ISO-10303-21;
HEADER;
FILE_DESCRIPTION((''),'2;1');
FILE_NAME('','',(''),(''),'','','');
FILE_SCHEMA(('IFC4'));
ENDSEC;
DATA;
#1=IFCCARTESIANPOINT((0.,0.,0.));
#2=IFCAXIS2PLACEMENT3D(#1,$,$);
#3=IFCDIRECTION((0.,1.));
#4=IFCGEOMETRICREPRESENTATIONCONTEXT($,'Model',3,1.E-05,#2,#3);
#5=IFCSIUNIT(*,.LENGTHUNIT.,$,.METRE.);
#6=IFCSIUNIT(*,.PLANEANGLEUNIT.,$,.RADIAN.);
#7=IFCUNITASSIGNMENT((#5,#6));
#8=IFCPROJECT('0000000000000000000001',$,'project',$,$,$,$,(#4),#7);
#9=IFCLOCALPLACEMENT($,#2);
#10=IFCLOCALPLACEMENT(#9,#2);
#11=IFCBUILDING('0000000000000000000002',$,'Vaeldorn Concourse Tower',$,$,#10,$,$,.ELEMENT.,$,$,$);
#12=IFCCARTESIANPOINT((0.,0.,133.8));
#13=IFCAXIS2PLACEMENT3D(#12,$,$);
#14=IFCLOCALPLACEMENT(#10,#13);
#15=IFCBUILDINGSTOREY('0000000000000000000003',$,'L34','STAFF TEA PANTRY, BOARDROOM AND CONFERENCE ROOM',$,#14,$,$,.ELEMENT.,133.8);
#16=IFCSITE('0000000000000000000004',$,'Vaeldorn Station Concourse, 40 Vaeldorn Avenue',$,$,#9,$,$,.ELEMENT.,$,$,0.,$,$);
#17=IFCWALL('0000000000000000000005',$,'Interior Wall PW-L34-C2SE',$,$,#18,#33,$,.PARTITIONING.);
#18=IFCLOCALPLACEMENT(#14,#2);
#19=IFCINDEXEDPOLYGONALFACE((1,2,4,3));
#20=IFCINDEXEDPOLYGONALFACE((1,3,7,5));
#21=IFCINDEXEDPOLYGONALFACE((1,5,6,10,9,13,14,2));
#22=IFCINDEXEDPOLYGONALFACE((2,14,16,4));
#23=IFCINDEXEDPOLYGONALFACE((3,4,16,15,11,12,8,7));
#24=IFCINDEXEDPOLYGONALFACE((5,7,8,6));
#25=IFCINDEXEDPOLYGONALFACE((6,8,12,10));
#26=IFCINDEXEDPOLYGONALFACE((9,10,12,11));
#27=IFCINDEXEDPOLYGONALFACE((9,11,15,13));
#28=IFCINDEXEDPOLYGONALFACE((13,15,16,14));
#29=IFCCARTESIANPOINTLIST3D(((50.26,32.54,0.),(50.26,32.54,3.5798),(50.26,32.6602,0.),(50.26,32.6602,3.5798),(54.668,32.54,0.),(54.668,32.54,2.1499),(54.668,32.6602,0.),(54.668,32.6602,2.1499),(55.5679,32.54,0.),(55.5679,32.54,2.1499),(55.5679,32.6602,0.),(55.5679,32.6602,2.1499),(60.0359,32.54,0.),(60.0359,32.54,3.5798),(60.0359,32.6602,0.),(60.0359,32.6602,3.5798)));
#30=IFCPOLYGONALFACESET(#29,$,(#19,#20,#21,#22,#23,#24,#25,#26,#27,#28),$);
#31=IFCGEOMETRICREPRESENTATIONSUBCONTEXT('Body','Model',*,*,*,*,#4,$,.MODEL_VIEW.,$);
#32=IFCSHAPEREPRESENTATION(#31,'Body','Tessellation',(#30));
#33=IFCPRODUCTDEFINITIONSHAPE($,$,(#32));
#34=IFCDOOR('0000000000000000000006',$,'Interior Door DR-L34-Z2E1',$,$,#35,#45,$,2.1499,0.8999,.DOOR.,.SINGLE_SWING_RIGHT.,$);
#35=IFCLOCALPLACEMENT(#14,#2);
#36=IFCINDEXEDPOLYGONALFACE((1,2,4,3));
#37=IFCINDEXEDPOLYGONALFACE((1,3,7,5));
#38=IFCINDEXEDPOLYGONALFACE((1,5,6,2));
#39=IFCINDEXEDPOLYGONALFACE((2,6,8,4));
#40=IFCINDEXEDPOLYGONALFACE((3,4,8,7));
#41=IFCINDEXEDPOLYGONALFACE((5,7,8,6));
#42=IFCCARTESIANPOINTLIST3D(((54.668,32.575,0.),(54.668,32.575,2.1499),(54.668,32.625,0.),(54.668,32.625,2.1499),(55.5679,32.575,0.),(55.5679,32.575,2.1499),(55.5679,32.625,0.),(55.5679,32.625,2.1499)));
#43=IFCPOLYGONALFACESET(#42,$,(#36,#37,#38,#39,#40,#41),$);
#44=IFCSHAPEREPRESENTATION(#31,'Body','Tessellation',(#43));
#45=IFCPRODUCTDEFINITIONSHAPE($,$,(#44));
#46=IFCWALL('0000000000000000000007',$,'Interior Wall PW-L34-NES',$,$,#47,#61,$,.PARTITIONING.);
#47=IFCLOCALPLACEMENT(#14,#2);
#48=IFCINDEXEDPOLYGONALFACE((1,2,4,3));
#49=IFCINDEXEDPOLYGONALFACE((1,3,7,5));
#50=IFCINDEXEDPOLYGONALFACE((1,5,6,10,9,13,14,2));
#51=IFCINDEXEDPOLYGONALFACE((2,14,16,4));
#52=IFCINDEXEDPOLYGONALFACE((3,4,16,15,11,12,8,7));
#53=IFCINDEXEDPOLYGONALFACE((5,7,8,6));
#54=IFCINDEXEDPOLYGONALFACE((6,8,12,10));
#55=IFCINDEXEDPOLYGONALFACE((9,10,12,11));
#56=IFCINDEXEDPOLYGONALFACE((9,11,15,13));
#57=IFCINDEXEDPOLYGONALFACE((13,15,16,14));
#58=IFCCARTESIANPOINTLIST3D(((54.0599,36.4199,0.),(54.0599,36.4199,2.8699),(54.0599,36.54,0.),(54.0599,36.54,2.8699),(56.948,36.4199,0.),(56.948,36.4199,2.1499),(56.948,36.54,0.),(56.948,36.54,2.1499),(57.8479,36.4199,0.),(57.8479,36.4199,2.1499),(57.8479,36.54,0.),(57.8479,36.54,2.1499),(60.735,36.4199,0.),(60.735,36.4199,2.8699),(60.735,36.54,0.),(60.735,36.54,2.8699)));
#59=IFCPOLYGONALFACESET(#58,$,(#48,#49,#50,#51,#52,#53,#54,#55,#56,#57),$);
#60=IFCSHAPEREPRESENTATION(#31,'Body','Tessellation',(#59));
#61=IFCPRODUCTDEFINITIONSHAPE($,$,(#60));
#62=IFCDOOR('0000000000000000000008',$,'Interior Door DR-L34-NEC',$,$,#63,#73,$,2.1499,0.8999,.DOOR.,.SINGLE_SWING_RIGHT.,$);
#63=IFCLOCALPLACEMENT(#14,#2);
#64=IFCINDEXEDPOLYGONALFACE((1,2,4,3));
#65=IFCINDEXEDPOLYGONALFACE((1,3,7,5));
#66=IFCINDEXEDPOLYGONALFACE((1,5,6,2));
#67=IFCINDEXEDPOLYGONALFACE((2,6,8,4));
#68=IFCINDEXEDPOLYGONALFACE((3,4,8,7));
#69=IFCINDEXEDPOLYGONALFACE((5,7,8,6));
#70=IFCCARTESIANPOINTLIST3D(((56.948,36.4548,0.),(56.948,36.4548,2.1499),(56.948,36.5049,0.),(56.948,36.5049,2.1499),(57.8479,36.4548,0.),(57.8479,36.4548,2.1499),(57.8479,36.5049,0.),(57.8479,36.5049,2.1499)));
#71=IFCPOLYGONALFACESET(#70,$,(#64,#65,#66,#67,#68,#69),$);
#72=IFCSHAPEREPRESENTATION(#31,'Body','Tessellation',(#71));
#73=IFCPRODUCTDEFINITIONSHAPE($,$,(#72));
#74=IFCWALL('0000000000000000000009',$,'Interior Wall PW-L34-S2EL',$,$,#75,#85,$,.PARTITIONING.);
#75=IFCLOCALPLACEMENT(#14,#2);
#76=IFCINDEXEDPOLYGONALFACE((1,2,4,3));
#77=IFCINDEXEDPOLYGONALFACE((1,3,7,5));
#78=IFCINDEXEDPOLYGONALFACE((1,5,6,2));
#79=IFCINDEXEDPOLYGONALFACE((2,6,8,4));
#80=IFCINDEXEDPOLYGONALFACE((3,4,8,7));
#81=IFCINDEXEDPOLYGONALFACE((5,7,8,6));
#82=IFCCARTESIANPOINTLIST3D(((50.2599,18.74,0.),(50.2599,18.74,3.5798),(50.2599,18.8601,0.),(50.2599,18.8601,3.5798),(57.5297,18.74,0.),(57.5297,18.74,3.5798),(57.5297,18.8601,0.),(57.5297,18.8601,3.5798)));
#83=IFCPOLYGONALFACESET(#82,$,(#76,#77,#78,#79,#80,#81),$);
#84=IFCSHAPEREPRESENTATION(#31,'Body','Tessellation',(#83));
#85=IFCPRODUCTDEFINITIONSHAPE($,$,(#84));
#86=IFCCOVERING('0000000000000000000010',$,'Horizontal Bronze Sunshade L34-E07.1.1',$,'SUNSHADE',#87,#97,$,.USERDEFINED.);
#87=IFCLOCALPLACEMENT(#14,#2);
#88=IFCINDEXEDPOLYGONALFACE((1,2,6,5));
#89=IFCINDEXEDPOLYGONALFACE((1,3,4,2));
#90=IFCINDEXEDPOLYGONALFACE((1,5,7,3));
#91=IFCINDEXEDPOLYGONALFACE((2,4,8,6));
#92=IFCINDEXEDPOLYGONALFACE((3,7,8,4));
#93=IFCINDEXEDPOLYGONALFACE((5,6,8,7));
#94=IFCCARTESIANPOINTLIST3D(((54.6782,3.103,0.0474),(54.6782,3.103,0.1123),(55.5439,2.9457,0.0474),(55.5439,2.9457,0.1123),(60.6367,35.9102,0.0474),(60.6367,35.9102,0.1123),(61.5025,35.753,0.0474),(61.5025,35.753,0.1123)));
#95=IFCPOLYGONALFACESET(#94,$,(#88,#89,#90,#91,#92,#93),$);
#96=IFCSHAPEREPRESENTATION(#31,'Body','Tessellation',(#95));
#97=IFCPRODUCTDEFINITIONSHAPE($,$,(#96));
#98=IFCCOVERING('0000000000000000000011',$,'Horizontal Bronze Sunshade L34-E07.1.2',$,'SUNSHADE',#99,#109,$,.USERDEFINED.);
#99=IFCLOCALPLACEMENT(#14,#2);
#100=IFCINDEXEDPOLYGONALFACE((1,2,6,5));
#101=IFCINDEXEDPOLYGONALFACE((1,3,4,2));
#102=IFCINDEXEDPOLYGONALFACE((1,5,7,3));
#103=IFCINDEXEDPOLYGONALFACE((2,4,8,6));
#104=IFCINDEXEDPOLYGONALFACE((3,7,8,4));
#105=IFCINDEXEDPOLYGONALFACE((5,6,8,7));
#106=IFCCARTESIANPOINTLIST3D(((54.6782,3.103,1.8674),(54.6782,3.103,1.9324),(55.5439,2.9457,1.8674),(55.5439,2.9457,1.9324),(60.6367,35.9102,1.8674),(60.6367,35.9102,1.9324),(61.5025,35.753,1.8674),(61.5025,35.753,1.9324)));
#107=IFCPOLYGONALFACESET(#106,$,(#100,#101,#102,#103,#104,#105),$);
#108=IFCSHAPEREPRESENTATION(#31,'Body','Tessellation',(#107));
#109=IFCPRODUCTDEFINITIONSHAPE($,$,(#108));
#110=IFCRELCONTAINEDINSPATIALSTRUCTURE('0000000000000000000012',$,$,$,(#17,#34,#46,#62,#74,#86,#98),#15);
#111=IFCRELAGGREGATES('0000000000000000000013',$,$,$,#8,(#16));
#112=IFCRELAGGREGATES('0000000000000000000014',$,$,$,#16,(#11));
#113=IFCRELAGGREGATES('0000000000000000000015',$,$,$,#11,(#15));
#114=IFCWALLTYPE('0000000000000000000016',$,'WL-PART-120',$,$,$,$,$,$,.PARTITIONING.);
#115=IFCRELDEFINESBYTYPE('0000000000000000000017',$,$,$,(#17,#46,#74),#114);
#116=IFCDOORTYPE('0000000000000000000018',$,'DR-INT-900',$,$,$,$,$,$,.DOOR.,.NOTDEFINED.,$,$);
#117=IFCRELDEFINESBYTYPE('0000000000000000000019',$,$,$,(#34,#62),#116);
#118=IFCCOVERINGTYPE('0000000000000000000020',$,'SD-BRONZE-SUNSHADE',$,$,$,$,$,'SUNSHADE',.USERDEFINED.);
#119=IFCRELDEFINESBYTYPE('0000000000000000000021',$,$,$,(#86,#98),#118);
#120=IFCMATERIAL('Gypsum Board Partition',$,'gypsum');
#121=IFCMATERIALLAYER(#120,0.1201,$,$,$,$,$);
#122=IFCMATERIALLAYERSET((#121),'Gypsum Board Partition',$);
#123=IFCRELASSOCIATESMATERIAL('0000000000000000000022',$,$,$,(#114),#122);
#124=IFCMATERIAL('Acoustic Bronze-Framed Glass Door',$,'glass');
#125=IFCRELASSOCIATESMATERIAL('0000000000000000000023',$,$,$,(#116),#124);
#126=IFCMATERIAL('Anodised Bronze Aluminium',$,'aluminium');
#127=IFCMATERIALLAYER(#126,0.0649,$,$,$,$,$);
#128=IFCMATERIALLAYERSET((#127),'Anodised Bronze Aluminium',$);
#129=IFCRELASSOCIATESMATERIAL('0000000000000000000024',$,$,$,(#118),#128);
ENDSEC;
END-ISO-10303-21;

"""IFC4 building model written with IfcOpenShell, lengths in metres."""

from ifc_helpers import new_model, si_unit, direction, frame, frame_2d, origin, origin_2d, place, context, subcontext, project, spatial, rectangle, extrude, source, transform, mapped, material, layer, layer_set, type_object, element, fill, save


model = new_model("IFC4")

# Units and contexts
model_context = context("Model", 3, precision=1e-05, world=origin(), true_north=direction((0.0, 1.0)))
body_context = subcontext(model_context, "Body", "Model", "MODEL_VIEW")
ifc_project = project(units=[si_unit("LENGTHUNIT", "METRE"), si_unit("PLANEANGLEUNIT", "RADIAN")], contexts=[model_context])

# Site, building, storey
site_placement = place(None, origin())
site = spatial("IfcSite", under=ifc_project, at=site_placement, Name="Vaeldorn Station Concourse, 40 Vaeldorn Avenue", CompositionType="ELEMENT", RefElevation=0.0)
building_placement = place(site_placement, origin())
building = spatial("IfcBuilding", under=site, at=building_placement, Name="Vaeldorn Concourse Tower", CompositionType="ELEMENT")
storey_placement = place(building_placement, frame((0.0, 0.0, 133.8)))
storey = spatial("IfcBuildingStorey", under=building, at=storey_placement, Name="L34", Description="STAFF TEA PANTRY, BOARDROOM AND CONFERENCE ROOM", CompositionType="ELEMENT", Elevation=133.8)

# Shared definitions
ifc_material_1 = material(Name="Anodised Bronze Aluminium", Category="aluminium")

# Walls, openings, doors
ifc_material_2 = material(Name="Gypsum Board Partition", Category="gypsum")
ifc_layer_1 = layer(ifc_material_2, 0.1201)
ifc_layer_set_1 = layer_set([ifc_layer_1], Name="Gypsum Board Partition")
wall_type = type_object("IfcWallType", Name="WL-PART-120", PredefinedType="PARTITIONING", material=ifc_layer_set_1)
wall_1_placement = place(storey_placement, frame((50.26, 32.6001, 0.0), z_axis=(0.0, 0.0, 1.0), x_axis=(1.0, 0.0, 0.0)))
wall_1 = element("IfcWall", 1, at=wall_1_placement, inside=storey, type_object=wall_type, Name="Interior Wall PW-L34-C2SE", PredefinedType="PARTITIONING", context=body_context, shape_type="SweptSolid", body=[
    extrude(rectangle(XDim=9.7759, YDim=0.1201, at=frame_2d((4.8879, 0.0))), origin(), (0.0, 0.0, 1.0), 3.5798),
])
opening_1_placement = place(wall_1_placement, frame((4.408, 0.0, 0.0)))
opening_1 = element("IfcOpeningElement", 2, at=opening_1_placement, cuts=wall_1, PredefinedType="OPENING", context=body_context, shape_type="SweptSolid", body=[
    extrude(rectangle(XDim=0.8999, YDim=2.1499, at=frame_2d((0.45, 1.075))), frame((0.0, 0.0701, 0.0), z_axis=(0.0, -1.0, 0.0), x_axis=(1.0, 0.0, 0.0)), (0.0, 0.0, 1.0), 0.1401),
])
ifc_material_3 = material(Name="Acoustic Bronze-Framed Glass Door", Category="glass")
door_type = type_object("IfcDoorType", Name="DR-INT-900", OperationType="NOTDEFINED", PredefinedType="DOOR", material=ifc_material_3)
shared_shape_1 = source(origin(), body_context, "Body", "SweptSolid", [
    extrude(rectangle(XDim=0.8999, YDim=2.1499, at=frame_2d((0.45, 1.075))), frame((0.0, 0.0249, 0.0), z_axis=(0.0, -1.0, 0.0), x_axis=(1.0, 0.0, 0.0)), (0.0, 0.0, 1.0), 0.05),
])
door_1_placement = place(opening_1_placement, origin())
door_1 = element("IfcDoor", 3, at=door_1_placement, inside=storey, type_object=door_type, Name="Interior Door DR-L34-Z2E1", OperationType="SINGLE_SWING_RIGHT", OverallHeight=2.1499, OverallWidth=0.8999, PredefinedType="DOOR", context=body_context, shape_type="MappedRepresentation", body=[
    mapped(shared_shape_1, transform((0.0, 0.0, 0.0), scale=1.0)),
])
fill(opening_1, door_1)
wall_2_placement = place(storey_placement, frame((54.0601, 36.48, 0.0), z_axis=(0.0, 0.0, 1.0), x_axis=(1.0, 0.0, 0.0)))
wall_2 = element("IfcWall", 4, at=wall_2_placement, inside=storey, type_object=wall_type, Name="Interior Wall PW-L34-NES", PredefinedType="PARTITIONING", context=body_context, shape_type="SweptSolid", body=[
    extrude(rectangle(XDim=6.675, YDim=0.1201, at=frame_2d((3.3374, 0.0))), origin(), (0.0, 0.0, 1.0), 2.8699),
])
opening_2_placement = place(wall_2_placement, frame((2.8879, 0.0, 0.0)))
opening_2 = element("IfcOpeningElement", 5, at=opening_2_placement, cuts=wall_2, PredefinedType="OPENING", context=body_context, shape_type="SweptSolid", body=[
    extrude(rectangle(XDim=0.8999, YDim=2.1499, at=frame_2d((0.45, 1.075))), frame((0.0, 0.0701, 0.0), z_axis=(0.0, -1.0, 0.0), x_axis=(1.0, 0.0, 0.0)), (0.0, 0.0, 1.0), 0.1401),
])
door_2_placement = place(opening_2_placement, origin())
door_2 = element("IfcDoor", 6, at=door_2_placement, inside=storey, type_object=door_type, Name="Interior Door DR-L34-NEC", OperationType="SINGLE_SWING_RIGHT", OverallHeight=2.1499, OverallWidth=0.8999, PredefinedType="DOOR", context=body_context, shape_type="MappedRepresentation", body=[
    mapped(shared_shape_1, transform((0.0, 0.0, 0.0), scale=1.0)),
])
fill(opening_2, door_2)

# Wall
wall_3_placement = place(storey_placement, frame((50.26, 18.8, 0.0), z_axis=(0.0, 0.0, 1.0), x_axis=(1.0, 0.0, 0.0)))
element("IfcWall", 7, at=wall_3_placement, inside=storey, type_object=wall_type, Name="Interior Wall PW-L34-S2EL", PredefinedType="PARTITIONING", context=body_context, shape_type="SweptSolid", body=[
    extrude(rectangle(XDim=7.2698, YDim=0.1201, at=frame_2d((3.6348, 0.0))), origin(), (0.0, 0.0, 1.0), 3.5798),
])

# Coverings
ifc_layer_2 = layer(ifc_material_1, 0.0649)
ifc_layer_set_2 = layer_set([ifc_layer_2], Name="Anodised Bronze Aluminium")
covering_type = type_object("IfcCoveringType", Name="SD-BRONZE-SUNSHADE", ElementType="SUNSHADE", PredefinedType="USERDEFINED", material=ifc_layer_set_2)
shared_shape_2 = source(origin(), body_context, "Body", "SweptSolid", [
    extrude(rectangle(XDim=33.344, YDim=0.8799, at=origin_2d()), origin(), (0.0, 0.0, 1.0), 0.0649),
])
for number, where, z_axis, x_axis, name in (
    (8, (58.0903, 19.428, 0.0474), (0.0, 0.0, 1.0), (0.178699, 0.983904, 0.0), "Horizontal Bronze Sunshade L34-E07.1.1"),
    (9, (58.0903, 19.428, 1.8674), (0.0, 0.0, 1.0), (0.178699, 0.983904, 0.0), "Horizontal Bronze Sunshade L34-E07.1.2"),
):
    element("IfcCovering", number, at=place(storey_placement, frame(where, z_axis=z_axis, x_axis=x_axis)), inside=storey, type_object=covering_type, Name=name, ObjectType="SUNSHADE", PredefinedType="USERDEFINED", context=body_context, shape_type="MappedRepresentation", body=[
        mapped(shared_shape_2, transform((0.0, 0.0, 0.0), scale=1.0)),
    ])

save(model, "model.ifc")
